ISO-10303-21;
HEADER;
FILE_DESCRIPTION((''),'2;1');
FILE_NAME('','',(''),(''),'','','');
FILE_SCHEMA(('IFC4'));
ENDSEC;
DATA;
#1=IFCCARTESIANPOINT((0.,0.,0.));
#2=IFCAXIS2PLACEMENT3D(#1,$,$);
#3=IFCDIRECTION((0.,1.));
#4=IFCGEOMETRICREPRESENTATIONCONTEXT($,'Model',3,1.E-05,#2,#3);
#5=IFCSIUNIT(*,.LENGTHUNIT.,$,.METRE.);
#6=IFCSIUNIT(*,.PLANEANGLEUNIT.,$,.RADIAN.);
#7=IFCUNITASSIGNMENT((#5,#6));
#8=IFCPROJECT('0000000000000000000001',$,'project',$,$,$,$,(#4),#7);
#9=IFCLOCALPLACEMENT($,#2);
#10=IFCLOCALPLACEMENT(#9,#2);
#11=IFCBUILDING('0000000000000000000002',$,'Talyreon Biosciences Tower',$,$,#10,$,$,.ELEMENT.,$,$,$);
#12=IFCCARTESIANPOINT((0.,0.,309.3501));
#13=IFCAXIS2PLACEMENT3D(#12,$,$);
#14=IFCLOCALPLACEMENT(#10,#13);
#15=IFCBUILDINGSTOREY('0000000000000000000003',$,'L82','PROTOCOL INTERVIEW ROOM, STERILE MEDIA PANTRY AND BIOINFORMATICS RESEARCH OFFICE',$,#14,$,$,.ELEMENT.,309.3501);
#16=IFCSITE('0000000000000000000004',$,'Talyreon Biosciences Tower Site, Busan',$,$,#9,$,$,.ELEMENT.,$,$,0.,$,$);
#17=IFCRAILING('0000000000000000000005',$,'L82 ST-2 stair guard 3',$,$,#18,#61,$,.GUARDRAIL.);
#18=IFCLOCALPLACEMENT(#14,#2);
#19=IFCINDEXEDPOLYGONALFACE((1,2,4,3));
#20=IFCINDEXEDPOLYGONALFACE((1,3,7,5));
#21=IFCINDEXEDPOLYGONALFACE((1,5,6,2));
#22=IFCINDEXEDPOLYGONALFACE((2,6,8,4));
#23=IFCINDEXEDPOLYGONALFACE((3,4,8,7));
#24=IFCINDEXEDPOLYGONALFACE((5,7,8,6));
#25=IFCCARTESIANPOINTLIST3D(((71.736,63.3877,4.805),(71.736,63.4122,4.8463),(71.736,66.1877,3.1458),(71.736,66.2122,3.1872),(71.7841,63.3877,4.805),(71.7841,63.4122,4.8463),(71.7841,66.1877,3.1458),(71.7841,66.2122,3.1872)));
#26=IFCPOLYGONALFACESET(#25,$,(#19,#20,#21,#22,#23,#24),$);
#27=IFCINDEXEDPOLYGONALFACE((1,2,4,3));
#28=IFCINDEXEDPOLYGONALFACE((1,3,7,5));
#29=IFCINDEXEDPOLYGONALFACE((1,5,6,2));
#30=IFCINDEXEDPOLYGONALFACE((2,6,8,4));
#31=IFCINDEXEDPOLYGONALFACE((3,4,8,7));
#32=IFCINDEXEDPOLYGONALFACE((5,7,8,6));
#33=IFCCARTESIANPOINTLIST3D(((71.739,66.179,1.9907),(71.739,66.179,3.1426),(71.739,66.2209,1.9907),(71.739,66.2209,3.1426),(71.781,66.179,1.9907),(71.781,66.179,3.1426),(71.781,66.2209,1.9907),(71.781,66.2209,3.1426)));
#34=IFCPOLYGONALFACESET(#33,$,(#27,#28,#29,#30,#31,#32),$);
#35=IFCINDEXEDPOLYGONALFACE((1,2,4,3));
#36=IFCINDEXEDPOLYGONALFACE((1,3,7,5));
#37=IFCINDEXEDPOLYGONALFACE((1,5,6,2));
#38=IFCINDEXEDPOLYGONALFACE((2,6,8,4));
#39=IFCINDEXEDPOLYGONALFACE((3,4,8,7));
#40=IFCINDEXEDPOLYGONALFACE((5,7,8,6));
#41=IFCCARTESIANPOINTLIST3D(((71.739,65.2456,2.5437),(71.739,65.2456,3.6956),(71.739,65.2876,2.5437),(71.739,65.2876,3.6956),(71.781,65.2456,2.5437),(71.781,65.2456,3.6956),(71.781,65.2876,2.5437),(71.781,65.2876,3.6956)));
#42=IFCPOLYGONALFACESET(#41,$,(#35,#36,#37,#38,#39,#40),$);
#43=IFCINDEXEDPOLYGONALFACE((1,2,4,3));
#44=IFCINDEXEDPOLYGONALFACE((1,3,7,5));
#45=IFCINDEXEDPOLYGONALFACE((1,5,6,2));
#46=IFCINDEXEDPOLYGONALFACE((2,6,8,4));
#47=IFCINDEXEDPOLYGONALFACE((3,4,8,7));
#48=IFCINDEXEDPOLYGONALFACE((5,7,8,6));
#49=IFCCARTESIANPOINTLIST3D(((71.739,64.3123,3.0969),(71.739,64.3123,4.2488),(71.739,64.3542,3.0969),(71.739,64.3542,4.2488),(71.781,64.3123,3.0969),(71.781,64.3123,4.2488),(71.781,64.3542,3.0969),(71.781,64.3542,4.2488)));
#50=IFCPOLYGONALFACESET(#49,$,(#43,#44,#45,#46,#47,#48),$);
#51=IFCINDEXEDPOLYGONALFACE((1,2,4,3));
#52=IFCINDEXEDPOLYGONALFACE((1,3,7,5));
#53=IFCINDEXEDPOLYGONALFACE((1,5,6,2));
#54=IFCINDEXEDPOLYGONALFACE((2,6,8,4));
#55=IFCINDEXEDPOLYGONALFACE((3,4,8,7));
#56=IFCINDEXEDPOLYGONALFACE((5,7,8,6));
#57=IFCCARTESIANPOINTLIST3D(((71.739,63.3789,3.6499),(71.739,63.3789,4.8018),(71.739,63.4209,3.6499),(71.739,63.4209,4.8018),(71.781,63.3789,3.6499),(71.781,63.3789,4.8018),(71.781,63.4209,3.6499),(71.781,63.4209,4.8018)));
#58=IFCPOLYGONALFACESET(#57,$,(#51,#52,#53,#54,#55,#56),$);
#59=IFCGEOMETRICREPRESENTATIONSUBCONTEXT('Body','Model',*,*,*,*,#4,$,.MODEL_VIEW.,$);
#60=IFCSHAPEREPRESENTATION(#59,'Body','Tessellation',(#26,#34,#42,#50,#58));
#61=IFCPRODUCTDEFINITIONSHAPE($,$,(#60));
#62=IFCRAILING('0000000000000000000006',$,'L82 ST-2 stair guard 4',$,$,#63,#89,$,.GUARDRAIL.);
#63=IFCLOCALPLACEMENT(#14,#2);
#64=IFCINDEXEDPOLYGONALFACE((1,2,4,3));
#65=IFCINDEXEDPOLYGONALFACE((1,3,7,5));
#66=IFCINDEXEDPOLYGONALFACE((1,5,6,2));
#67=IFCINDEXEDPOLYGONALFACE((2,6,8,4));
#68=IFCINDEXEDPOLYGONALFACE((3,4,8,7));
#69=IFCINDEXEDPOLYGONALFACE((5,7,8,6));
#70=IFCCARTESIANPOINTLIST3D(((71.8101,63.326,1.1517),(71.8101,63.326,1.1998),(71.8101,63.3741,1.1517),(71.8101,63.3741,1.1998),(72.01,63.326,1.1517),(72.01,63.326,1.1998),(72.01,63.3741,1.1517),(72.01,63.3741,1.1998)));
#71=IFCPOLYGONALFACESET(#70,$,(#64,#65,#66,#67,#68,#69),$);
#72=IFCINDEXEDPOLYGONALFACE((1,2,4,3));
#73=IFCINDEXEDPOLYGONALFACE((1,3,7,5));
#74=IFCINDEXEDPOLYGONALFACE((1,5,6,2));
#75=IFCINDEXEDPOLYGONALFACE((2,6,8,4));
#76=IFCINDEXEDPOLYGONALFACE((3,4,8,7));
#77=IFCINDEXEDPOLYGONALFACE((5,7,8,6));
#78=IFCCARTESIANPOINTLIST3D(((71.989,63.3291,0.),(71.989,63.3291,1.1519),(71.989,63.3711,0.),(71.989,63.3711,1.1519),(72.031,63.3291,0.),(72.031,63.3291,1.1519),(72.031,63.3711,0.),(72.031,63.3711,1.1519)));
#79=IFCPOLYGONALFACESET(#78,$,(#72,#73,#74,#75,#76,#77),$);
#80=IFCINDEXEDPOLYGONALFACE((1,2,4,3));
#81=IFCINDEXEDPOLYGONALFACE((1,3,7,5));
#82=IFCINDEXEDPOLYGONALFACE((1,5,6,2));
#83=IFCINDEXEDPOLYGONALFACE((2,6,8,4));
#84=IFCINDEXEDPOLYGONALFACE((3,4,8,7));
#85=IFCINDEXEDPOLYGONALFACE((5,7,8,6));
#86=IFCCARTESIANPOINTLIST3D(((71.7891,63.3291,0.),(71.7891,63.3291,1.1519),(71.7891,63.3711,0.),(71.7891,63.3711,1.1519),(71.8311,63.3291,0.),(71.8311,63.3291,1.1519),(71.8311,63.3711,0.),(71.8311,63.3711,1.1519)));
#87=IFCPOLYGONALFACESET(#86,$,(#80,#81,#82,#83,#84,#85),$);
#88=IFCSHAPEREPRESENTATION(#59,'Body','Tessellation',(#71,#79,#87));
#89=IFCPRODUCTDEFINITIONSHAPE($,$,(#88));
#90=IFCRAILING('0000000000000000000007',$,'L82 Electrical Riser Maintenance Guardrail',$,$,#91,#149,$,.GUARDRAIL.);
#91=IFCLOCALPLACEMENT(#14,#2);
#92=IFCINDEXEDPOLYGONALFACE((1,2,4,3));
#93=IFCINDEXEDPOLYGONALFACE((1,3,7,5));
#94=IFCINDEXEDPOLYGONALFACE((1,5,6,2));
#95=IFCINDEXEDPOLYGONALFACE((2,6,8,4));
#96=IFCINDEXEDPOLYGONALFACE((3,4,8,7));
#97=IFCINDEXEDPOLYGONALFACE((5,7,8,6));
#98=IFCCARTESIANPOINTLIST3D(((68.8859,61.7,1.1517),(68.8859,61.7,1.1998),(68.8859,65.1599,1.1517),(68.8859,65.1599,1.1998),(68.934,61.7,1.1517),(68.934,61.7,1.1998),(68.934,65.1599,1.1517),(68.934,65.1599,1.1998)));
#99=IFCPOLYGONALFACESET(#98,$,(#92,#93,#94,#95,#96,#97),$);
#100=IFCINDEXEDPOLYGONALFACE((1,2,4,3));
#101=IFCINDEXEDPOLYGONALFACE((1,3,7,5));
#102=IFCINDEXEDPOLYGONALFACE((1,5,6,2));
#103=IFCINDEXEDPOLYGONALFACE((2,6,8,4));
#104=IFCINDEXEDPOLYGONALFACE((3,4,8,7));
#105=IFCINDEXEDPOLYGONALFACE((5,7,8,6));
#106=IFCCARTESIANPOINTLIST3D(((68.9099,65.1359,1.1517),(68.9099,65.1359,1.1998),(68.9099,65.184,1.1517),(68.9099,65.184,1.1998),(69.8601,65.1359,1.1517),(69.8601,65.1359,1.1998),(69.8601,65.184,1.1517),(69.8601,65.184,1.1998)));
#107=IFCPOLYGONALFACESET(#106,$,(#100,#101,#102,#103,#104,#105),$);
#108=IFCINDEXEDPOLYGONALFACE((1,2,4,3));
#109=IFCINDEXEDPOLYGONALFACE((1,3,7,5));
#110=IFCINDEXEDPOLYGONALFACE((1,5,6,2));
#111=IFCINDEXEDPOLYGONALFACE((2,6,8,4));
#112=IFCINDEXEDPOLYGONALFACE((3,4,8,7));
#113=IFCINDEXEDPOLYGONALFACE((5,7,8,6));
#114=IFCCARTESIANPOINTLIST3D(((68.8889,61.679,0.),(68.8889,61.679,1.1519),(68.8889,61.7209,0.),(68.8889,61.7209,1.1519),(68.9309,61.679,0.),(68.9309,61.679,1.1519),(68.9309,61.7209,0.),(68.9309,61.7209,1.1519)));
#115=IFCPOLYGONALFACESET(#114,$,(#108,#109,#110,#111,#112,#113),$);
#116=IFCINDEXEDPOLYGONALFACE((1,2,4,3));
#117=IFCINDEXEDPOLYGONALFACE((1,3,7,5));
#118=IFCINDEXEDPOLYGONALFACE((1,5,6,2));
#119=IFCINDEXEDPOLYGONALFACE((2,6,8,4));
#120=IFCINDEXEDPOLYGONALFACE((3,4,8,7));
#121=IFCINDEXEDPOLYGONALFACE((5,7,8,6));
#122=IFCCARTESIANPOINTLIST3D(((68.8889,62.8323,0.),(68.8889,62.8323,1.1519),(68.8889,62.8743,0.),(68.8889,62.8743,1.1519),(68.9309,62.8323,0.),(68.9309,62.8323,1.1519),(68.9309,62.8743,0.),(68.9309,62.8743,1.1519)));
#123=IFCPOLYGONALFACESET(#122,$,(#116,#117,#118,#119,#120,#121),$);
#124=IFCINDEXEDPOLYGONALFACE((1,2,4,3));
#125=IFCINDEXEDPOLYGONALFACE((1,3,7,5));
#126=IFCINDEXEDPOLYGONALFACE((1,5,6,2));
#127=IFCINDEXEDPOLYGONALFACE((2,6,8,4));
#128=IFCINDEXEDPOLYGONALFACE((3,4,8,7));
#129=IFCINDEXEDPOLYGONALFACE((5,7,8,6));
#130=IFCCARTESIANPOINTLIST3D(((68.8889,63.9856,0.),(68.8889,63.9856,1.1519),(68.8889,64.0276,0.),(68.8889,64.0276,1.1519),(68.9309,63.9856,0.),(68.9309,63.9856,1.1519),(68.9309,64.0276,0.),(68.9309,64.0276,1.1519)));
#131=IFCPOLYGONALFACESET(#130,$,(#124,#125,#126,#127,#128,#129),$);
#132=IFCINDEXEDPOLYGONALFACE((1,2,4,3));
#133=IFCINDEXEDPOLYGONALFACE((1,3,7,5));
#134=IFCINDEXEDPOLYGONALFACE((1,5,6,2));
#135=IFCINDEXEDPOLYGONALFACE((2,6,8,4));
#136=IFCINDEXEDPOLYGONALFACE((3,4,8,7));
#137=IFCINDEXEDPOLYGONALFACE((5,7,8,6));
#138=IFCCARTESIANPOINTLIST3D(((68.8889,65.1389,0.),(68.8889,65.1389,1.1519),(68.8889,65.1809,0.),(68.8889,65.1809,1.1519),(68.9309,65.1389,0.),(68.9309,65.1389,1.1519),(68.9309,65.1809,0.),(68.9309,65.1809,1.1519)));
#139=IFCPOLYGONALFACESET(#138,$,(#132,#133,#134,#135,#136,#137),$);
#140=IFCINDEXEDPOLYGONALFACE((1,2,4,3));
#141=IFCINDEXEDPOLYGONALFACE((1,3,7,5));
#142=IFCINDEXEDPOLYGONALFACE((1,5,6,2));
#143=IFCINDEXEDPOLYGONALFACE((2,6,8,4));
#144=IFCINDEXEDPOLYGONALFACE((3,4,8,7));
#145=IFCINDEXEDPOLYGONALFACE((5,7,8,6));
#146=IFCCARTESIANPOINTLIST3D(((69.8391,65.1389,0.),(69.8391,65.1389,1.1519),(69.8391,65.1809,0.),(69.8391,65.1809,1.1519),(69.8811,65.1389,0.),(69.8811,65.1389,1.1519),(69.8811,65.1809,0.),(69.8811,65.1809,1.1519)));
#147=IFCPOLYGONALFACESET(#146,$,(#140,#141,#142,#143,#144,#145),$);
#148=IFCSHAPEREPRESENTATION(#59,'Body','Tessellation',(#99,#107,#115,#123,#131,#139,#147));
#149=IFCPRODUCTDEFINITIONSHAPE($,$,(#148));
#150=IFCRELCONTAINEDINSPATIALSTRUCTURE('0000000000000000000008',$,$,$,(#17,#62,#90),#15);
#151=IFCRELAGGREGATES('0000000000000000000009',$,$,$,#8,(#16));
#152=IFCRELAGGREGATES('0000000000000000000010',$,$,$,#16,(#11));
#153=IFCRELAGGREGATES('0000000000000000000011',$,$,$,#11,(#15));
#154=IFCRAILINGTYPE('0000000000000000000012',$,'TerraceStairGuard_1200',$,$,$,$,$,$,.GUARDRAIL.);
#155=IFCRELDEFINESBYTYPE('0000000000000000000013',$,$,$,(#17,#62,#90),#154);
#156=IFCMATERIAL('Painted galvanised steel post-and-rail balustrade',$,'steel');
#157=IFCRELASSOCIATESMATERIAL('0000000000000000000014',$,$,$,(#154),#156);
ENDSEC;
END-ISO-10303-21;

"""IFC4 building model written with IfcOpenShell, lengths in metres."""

from ifc_helpers import new_model, si_unit, direction, frame, origin, origin_2d, place, context, subcontext, project, spatial, rectangle, extrude, material, type_object, element, save


model = new_model("IFC4")

# Units and contexts
model_context = context("Model", 3, precision=1e-05, world=origin(), true_north=direction((0.0, 1.0)))
body_context = subcontext(model_context, "Body", "Model", "MODEL_VIEW")
ifc_project = project(units=[si_unit("LENGTHUNIT", "METRE"), si_unit("PLANEANGLEUNIT", "RADIAN")], contexts=[model_context])

# Site, building, storey
site_placement = place(None, origin())
site = spatial("IfcSite", under=ifc_project, at=site_placement, Name="Talyreon Biosciences Tower Site, Busan", CompositionType="ELEMENT", RefElevation=0.0)
building_placement = place(site_placement, origin())
building = spatial("IfcBuilding", under=site, at=building_placement, Name="Talyreon Biosciences Tower", CompositionType="ELEMENT")
storey_placement = place(building_placement, frame((0.0, 0.0, 309.3501)))
storey = spatial("IfcBuildingStorey", under=building, at=storey_placement, Name="L82", Description="PROTOCOL INTERVIEW ROOM, STERILE MEDIA PANTRY AND BIOINFORMATICS RESEARCH OFFICE", CompositionType="ELEMENT", Elevation=309.3501)

# Railings
ifc_material_1 = material(Name="Painted galvanised steel post-and-rail balustrade", Category="steel")
railing_type_1 = type_object("IfcRailingType", Name="TerraceStairGuard_1200", PredefinedType="GUARDRAIL", material=ifc_material_1)
railing_1_placement = place(storey_placement, frame((71.76, 66.2, 1.9907)))
element("IfcRailing", 1, at=railing_1_placement, inside=storey, type_object=railing_type_1, Name="L82 ST-2 stair guard 3", PredefinedType="GUARDRAIL", context=body_context, shape_type="SweptSolid", body=[
    extrude(rectangle(XDim=0.0481, YDim=0.0481, at=origin_2d()), frame((0.0, 0.0, 1.1758), z_axis=(0.0, -0.860306, 0.509778), x_axis=(1.0, 0.0, 0.0)), (0.0, 0.0, 1.0), 3.2546),
    extrude(rectangle(XDim=0.042, YDim=0.042, at=origin_2d()), origin(), (0.0, 0.0, 1.0), 1.1519),
    extrude(rectangle(XDim=0.042, YDim=0.042, at=origin_2d()), frame((0.0, -0.9333, 0.553)), (0.0, 0.0, 1.0), 1.1519),
    extrude(rectangle(XDim=0.042, YDim=0.042, at=origin_2d()), frame((0.0, -1.8667, 1.1062)), (0.0, 0.0, 1.0), 1.1519),
    extrude(rectangle(XDim=0.042, YDim=0.042, at=origin_2d()), frame((0.0, -2.8, 1.6592)), (0.0, 0.0, 1.0), 1.1519),
])
railing_2_placement = place(storey_placement, frame((72.01, 63.3501, 0.0)))
element("IfcRailing", 2, at=railing_2_placement, inside=storey, type_object=railing_type_1, Name="L82 ST-2 stair guard 4", PredefinedType="GUARDRAIL", context=body_context, shape_type="SweptSolid", body=[
    extrude(rectangle(XDim=0.0481, YDim=0.0481, at=origin_2d()), frame((0.0, 0.0, 1.1758), z_axis=(-1.0, 0.0, 0.0), x_axis=(0.0, -1.0, 0.0)), (0.0, 0.0, 1.0), 0.2),
    extrude(rectangle(XDim=0.042, YDim=0.042, at=origin_2d()), origin(), (0.0, 0.0, 1.0), 1.1519),
    extrude(rectangle(XDim=0.042, YDim=0.042, at=origin_2d()), frame((-0.2, 0.0, 0.0)), (0.0, 0.0, 1.0), 1.1519),
])
railing_3_placement = place(storey_placement, frame((68.9099, 61.7, 0.0)))
element("IfcRailing", 3, at=railing_3_placement, inside=storey, type_object=railing_type_1, Name="L82 Electrical Riser Maintenance Guardrail", PredefinedType="GUARDRAIL", context=body_context, shape_type="SweptSolid", body=[
    extrude(rectangle(XDim=0.0481, YDim=0.0481, at=origin_2d()), frame((0.0, 0.0, 1.1758), z_axis=(0.0, 1.0, 0.0), x_axis=(-1.0, 0.0, 0.0)), (0.0, 0.0, 1.0), 3.46),
    extrude(rectangle(XDim=0.0481, YDim=0.0481, at=origin_2d()), frame((0.0, 3.46, 1.1758), z_axis=(1.0, 0.0, 0.0), x_axis=(0.0, 1.0, 0.0)), (0.0, 0.0, 1.0), 0.9502),
    extrude(rectangle(XDim=0.042, YDim=0.042, at=origin_2d()), origin(), (0.0, 0.0, 1.0), 1.1519),
    extrude(rectangle(XDim=0.042, YDim=0.042, at=origin_2d()), frame((0.0, 1.1533, 0.0)), (0.0, 0.0, 1.0), 1.1519),
    extrude(rectangle(XDim=0.042, YDim=0.042, at=origin_2d()), frame((0.0, 2.3066, 0.0)), (0.0, 0.0, 1.0), 1.1519),
    extrude(rectangle(XDim=0.042, YDim=0.042, at=origin_2d()), frame((0.0, 3.46, 0.0)), (0.0, 0.0, 1.0), 1.1519),
    extrude(rectangle(XDim=0.042, YDim=0.042, at=origin_2d()), frame((0.9502, 3.46, 0.0)), (0.0, 0.0, 1.0), 1.1519),
])

save(model, "model.ifc")
